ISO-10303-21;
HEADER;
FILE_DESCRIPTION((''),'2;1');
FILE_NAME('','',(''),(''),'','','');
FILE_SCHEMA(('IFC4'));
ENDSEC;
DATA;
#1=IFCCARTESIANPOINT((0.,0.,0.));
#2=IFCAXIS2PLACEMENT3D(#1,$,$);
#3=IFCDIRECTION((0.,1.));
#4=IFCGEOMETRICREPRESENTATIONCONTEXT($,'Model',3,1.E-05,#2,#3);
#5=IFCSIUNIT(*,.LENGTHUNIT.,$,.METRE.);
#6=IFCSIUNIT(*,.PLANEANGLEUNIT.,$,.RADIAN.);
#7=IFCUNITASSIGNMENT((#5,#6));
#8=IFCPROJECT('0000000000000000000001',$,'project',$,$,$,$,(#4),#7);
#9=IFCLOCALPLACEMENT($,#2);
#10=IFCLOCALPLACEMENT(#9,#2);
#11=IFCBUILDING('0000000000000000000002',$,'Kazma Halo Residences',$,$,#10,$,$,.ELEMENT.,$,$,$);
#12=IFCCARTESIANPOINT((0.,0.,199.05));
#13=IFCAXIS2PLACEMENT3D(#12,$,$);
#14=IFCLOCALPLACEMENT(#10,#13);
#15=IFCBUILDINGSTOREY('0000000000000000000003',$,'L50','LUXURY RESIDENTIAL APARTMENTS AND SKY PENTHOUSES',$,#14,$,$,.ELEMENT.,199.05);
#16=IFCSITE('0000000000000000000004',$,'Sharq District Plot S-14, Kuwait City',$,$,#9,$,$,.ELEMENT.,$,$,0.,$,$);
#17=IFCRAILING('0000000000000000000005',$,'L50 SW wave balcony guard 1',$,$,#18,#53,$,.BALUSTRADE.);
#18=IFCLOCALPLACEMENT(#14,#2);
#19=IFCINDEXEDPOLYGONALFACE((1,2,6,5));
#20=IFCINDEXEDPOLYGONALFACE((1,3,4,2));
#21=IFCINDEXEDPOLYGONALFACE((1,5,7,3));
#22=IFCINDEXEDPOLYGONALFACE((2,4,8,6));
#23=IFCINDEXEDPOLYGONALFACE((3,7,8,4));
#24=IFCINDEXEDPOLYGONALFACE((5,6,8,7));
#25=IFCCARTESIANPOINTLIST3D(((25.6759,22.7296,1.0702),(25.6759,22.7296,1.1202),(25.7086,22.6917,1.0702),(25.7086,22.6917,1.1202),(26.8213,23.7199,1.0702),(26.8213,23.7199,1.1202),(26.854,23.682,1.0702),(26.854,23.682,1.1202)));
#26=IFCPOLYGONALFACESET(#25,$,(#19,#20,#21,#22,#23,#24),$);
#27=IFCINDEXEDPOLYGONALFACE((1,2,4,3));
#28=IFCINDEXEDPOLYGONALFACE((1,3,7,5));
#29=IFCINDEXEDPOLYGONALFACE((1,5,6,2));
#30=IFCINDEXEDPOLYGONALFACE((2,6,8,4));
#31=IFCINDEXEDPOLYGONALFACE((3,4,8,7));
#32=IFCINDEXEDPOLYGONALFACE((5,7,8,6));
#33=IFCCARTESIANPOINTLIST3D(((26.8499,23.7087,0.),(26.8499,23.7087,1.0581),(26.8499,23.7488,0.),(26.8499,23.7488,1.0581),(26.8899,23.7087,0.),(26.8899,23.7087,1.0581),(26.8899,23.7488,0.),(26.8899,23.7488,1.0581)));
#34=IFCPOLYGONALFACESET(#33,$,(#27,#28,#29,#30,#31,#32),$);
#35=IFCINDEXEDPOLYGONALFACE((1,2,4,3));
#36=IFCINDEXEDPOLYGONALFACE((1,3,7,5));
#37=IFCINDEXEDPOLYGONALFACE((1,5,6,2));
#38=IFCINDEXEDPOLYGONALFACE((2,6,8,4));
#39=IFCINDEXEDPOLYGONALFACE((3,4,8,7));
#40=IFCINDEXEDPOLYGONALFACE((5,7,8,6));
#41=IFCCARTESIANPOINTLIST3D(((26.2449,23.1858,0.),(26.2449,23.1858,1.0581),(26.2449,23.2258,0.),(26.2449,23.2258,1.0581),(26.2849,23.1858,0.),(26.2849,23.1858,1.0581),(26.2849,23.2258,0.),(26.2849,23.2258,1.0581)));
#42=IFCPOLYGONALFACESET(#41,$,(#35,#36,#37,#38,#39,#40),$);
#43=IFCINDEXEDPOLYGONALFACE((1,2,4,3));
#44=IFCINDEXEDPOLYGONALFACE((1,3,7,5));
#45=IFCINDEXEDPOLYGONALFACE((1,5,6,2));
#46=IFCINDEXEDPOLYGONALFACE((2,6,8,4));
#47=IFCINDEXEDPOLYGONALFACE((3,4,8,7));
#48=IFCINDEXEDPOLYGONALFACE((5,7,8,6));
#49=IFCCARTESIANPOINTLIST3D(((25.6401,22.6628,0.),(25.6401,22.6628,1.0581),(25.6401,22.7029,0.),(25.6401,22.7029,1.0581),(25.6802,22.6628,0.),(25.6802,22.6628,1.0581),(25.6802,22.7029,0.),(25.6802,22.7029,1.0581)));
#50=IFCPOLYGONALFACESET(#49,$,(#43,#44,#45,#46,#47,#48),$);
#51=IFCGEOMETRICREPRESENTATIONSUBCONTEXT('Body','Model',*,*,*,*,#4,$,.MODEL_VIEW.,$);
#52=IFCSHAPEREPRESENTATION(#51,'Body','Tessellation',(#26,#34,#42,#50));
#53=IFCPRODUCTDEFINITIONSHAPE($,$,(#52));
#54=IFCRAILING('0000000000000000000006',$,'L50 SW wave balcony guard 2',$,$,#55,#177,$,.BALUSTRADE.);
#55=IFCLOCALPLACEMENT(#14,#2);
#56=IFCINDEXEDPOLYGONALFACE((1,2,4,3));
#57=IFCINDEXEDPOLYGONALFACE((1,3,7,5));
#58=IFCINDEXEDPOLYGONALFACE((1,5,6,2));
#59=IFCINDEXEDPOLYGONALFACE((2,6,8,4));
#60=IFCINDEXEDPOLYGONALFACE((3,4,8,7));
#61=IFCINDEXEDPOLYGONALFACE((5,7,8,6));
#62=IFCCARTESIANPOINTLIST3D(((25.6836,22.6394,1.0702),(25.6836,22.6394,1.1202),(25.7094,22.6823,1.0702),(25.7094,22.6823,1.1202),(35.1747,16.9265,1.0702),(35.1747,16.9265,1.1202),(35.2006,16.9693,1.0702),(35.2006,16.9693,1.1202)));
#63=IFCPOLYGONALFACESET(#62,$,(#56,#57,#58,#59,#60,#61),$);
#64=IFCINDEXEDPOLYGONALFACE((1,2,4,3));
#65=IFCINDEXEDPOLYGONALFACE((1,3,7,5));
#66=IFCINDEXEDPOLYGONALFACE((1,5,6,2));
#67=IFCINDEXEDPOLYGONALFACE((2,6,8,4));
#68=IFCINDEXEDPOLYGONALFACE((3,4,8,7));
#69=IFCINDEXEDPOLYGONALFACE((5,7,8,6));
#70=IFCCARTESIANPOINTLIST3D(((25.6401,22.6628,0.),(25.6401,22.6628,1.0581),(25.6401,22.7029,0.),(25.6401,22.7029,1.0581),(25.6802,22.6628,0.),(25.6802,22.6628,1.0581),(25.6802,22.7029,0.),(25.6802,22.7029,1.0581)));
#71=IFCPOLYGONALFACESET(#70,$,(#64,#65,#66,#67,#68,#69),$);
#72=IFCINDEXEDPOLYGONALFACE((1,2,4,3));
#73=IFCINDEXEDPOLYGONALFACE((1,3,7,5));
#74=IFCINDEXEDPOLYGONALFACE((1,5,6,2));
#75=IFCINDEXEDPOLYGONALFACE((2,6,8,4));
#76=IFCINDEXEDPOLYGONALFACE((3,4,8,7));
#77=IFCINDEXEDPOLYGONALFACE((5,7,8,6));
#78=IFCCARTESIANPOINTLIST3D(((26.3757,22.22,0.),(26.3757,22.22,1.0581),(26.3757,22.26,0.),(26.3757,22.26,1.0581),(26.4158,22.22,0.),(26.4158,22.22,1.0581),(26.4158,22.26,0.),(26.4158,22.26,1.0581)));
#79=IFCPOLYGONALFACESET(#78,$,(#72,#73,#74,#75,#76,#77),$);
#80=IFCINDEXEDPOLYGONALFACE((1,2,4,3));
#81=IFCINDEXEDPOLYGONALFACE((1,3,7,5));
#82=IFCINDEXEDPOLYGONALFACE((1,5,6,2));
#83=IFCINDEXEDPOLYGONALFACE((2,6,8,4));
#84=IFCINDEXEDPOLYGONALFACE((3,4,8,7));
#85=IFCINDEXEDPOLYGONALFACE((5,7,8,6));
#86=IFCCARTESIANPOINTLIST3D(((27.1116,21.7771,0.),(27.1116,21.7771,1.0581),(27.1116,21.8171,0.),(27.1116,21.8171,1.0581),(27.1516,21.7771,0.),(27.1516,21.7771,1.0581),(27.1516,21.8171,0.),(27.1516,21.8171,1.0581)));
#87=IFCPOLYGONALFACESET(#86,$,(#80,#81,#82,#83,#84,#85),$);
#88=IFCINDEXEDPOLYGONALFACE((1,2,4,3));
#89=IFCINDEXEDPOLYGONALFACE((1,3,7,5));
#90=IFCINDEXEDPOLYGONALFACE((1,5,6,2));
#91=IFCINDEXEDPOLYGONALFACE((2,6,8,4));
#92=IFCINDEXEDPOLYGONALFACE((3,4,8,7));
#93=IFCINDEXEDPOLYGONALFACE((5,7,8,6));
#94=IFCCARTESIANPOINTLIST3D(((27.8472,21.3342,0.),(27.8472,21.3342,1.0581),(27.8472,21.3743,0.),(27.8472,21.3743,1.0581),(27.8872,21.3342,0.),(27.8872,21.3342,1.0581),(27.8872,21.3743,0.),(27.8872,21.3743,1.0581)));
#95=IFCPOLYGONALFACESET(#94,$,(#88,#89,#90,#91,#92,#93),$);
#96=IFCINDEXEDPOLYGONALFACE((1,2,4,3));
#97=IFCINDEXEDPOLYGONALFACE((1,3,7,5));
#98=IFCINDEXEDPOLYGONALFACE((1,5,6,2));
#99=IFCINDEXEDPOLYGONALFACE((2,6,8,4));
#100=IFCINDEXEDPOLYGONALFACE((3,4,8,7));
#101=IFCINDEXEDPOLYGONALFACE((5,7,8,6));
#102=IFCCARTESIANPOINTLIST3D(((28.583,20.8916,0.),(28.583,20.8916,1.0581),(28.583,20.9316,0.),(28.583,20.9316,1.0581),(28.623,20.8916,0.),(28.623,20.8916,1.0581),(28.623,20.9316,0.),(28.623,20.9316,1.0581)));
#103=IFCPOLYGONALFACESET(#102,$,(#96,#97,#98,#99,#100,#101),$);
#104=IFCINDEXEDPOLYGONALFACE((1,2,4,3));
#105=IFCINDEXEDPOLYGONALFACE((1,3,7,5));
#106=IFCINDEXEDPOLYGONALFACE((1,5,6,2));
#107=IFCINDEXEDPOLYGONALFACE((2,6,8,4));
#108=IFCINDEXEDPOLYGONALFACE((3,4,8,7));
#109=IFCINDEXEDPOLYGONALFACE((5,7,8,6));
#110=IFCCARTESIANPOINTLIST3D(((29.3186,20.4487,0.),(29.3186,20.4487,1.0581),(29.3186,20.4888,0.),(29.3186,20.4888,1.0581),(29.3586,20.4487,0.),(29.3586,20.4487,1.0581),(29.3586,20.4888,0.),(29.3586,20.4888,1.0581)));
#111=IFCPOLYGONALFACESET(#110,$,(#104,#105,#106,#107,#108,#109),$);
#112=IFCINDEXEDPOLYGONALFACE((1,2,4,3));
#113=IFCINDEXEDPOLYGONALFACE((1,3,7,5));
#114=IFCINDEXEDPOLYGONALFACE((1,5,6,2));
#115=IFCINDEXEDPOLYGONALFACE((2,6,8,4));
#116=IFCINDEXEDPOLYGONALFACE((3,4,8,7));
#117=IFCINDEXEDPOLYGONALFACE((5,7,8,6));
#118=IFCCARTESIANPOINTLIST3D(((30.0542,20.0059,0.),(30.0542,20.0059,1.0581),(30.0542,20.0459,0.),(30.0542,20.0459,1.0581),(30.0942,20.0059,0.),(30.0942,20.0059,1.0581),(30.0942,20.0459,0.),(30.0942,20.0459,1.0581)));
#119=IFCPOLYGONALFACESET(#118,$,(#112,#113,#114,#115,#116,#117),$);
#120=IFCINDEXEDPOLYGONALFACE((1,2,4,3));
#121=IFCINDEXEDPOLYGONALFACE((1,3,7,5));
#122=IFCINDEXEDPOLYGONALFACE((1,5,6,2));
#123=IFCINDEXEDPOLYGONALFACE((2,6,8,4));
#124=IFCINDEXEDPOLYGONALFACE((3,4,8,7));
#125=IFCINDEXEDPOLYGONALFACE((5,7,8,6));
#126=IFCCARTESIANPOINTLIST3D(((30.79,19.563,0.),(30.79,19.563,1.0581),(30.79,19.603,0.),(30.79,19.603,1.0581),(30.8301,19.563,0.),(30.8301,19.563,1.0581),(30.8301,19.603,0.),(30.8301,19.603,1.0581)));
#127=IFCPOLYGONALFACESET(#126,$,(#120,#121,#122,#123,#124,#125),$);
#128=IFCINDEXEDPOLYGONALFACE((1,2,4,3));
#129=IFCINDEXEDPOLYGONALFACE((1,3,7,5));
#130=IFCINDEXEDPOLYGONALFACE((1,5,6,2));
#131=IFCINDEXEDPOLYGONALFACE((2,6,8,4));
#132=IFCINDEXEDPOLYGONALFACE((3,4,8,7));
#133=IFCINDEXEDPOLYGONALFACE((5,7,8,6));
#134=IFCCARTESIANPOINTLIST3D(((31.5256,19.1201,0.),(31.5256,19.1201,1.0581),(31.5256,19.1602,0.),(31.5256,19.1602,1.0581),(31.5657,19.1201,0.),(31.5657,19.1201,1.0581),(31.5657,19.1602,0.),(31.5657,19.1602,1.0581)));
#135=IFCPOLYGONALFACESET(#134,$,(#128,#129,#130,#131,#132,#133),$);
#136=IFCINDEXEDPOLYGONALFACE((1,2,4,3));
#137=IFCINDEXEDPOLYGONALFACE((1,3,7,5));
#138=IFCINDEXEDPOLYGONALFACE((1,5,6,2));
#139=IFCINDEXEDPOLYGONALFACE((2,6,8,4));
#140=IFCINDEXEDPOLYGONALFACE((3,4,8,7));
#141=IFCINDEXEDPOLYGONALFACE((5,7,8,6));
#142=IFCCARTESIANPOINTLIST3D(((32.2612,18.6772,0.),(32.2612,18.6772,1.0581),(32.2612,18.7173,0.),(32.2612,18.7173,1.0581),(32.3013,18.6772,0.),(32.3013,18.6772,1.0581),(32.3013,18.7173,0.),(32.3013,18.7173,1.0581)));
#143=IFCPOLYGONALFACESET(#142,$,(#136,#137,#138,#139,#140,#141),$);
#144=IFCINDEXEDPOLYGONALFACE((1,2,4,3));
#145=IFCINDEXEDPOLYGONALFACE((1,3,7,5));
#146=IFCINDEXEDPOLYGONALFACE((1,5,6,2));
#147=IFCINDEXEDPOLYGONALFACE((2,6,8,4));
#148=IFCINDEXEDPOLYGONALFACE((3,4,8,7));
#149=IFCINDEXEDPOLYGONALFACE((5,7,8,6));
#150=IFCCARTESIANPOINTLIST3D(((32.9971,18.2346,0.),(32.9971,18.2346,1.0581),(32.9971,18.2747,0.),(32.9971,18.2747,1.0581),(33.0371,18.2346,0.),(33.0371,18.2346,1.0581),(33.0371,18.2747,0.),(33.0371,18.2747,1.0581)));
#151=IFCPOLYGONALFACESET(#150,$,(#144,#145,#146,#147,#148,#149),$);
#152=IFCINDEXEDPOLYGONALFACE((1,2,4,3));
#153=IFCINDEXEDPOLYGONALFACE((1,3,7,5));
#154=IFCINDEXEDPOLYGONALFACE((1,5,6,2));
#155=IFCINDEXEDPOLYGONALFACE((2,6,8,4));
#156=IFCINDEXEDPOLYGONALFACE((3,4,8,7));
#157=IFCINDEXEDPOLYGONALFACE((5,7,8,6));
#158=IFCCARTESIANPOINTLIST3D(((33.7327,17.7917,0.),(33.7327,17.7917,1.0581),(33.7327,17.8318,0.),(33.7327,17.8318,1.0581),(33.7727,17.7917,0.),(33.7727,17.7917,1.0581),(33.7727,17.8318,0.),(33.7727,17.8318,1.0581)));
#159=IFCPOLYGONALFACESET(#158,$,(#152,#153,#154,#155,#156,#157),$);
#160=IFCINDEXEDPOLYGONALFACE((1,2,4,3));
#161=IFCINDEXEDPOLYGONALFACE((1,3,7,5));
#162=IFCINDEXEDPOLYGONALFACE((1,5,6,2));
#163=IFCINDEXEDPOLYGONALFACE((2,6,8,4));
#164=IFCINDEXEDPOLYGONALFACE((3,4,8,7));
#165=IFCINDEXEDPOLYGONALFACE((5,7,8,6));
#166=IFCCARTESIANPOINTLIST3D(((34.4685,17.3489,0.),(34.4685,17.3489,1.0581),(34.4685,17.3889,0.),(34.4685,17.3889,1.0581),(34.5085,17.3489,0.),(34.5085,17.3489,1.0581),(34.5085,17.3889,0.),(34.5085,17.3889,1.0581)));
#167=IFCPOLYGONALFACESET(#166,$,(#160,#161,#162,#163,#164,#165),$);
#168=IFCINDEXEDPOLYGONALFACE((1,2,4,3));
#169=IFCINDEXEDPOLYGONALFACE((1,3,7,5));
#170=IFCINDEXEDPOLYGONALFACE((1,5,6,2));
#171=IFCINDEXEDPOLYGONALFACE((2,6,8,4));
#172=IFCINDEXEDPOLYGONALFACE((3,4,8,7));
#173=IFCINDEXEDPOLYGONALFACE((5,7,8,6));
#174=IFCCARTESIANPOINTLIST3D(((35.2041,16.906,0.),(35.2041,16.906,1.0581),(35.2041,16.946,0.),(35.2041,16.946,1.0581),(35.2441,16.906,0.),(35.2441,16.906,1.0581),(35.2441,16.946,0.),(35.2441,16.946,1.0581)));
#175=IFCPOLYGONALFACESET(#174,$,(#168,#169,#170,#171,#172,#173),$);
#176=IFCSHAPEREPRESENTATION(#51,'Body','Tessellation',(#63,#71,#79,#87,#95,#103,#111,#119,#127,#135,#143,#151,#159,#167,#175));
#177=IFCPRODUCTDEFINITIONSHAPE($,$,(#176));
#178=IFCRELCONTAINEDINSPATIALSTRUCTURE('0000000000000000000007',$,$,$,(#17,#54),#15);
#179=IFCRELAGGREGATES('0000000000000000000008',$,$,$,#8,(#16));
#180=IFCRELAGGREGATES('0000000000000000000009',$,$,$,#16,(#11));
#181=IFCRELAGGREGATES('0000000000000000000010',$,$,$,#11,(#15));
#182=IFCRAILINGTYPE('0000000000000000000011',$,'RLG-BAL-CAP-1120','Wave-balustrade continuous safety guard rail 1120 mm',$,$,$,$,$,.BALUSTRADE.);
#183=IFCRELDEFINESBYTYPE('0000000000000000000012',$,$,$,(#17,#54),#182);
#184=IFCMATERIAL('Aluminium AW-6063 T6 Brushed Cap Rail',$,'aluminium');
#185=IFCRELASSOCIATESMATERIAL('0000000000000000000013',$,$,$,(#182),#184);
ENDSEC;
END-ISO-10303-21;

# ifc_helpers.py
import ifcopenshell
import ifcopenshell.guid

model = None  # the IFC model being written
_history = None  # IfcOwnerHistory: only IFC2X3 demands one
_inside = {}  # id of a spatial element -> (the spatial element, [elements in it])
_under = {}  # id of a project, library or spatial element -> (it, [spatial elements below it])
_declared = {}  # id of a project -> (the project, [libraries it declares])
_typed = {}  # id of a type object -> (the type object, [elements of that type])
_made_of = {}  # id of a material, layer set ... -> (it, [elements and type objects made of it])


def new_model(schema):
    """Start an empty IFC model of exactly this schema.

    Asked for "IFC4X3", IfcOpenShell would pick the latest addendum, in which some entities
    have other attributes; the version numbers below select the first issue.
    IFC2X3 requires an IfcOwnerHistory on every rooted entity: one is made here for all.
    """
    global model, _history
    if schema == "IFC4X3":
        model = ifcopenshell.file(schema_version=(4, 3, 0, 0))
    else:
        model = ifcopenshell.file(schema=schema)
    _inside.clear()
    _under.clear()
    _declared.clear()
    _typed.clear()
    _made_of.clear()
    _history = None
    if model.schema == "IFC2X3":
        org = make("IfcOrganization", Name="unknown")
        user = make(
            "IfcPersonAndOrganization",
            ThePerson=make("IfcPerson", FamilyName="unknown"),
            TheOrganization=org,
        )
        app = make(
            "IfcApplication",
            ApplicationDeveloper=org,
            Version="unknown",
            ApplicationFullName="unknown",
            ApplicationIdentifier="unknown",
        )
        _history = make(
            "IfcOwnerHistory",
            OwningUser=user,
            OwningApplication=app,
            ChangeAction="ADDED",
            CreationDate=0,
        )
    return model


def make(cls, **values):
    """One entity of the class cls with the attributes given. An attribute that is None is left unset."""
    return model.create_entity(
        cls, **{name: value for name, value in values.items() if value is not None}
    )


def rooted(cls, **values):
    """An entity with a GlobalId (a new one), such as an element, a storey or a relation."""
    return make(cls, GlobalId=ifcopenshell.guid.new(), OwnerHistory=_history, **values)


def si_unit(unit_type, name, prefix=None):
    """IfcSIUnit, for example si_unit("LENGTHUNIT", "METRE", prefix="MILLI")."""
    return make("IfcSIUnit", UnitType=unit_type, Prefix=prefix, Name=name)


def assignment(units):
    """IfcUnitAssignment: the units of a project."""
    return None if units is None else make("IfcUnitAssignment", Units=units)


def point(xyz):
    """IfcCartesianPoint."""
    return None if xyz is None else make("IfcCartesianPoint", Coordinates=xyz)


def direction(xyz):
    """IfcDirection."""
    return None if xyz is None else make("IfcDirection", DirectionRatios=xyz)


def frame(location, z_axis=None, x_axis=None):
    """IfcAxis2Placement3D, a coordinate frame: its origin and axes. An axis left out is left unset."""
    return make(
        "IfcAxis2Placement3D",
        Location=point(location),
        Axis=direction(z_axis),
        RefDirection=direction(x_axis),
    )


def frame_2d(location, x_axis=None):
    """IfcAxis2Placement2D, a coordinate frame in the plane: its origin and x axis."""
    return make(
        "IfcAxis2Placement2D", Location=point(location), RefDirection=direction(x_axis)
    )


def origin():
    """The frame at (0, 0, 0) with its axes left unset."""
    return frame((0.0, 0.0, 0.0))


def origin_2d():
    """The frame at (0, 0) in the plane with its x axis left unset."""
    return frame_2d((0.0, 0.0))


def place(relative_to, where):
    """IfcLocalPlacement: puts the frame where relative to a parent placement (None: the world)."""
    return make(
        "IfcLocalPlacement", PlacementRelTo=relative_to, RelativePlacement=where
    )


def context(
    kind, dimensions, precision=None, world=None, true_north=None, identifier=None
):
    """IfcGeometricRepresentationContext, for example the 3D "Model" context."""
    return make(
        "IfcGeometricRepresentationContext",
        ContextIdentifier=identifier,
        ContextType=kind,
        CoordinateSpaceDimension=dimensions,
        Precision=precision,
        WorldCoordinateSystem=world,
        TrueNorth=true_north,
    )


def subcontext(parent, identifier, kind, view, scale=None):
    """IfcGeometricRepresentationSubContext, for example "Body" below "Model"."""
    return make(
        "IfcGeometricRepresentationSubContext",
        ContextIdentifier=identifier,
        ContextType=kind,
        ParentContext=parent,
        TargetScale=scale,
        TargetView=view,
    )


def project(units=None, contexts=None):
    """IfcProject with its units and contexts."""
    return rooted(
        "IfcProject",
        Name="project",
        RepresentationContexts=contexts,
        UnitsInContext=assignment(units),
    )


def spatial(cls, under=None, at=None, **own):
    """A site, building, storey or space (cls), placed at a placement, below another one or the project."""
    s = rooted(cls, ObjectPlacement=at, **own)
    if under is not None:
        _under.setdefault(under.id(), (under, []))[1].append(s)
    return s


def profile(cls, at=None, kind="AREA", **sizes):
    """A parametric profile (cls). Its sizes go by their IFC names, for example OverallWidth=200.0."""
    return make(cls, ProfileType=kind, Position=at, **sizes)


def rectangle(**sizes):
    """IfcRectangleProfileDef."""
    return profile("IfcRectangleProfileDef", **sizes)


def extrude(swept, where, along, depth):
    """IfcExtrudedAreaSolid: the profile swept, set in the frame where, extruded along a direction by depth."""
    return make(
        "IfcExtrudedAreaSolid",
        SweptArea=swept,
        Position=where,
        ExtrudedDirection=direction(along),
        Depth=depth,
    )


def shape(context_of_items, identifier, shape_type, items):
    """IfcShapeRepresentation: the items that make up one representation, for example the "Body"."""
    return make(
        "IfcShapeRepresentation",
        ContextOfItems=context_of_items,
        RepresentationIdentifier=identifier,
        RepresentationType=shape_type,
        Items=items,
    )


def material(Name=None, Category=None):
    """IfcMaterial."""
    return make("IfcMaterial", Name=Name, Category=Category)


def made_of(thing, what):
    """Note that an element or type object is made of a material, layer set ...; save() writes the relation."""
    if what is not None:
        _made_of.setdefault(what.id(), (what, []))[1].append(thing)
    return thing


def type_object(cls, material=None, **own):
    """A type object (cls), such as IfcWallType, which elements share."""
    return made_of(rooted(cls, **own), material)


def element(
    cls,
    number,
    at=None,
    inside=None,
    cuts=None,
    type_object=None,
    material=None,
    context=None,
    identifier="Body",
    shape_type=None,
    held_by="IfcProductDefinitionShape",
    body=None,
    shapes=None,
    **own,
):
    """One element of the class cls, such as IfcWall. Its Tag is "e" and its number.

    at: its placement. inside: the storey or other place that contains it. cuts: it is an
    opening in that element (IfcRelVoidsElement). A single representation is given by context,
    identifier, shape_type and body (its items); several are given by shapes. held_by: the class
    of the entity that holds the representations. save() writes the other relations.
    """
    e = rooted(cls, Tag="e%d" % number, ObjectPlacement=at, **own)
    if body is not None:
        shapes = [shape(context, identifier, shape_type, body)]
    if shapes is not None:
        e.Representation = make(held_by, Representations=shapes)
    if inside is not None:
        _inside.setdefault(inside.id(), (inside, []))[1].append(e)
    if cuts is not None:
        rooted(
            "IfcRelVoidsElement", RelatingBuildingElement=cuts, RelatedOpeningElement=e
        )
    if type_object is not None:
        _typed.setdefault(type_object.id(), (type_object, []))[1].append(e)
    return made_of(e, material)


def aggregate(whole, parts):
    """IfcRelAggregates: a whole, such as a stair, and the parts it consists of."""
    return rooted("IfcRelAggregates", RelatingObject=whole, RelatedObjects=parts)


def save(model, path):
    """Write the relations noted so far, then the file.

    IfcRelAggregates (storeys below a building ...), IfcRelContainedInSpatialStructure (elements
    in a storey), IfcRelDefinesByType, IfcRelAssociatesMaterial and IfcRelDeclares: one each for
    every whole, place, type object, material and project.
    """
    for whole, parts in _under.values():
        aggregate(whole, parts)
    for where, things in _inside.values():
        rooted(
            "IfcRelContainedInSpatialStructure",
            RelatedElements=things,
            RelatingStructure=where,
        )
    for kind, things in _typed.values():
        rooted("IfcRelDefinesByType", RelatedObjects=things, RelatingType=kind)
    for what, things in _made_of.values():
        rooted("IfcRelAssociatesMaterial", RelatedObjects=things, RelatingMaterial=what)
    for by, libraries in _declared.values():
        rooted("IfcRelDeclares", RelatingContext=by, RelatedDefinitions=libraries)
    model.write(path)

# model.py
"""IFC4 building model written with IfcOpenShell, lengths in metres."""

from ifc_helpers import new_model, si_unit, direction, frame, origin, origin_2d, place, context, subcontext, project, spatial, rectangle, extrude, material, type_object, element, save


model = new_model("IFC4")

# Units and contexts
model_context = context("Model", 3, precision=1e-05, world=origin(), true_north=direction((0.0, 1.0)))
body_context = subcontext(model_context, "Body", "Model", "MODEL_VIEW")
ifc_project = project(units=[si_unit("LENGTHUNIT", "METRE"), si_unit("PLANEANGLEUNIT", "RADIAN")], contexts=[model_context])

# Site, building, storey
site_placement = place(None, origin())
site = spatial("IfcSite", under=ifc_project, at=site_placement, Name="Sharq District Plot S-14, Kuwait City", CompositionType="ELEMENT", RefElevation=0.0)
building_placement = place(site_placement, origin())
building = spatial("IfcBuilding", under=site, at=building_placement, Name="Kazma Halo Residences", CompositionType="ELEMENT")
storey_placement = place(building_placement, frame((0.0, 0.0, 199.05)))
storey = spatial("IfcBuildingStorey", under=building, at=storey_placement, Name="L50", Description="LUXURY RESIDENTIAL APARTMENTS AND SKY PENTHOUSES", CompositionType="ELEMENT", Elevation=199.05)

# Railings
ifc_material_1 = material(Name="Aluminium AW-6063 T6 Brushed Cap Rail", Category="aluminium")
railing_type = type_object("IfcRailingType", Name="RLG-BAL-CAP-1120", Description="Wave-balustrade continuous safety guard rail 1120 mm", PredefinedType="BALUSTRADE", material=ifc_material_1)
railing_1_placement = place(storey_placement, frame((26.8699, 23.7288, 0.0)))
element("IfcRailing", 1, at=railing_1_placement, inside=storey, type_object=railing_type, Name="L50 SW wave balcony guard 1", PredefinedType="BALUSTRADE", context=body_context, shape_type="SweptSolid", body=[
    extrude(rectangle(XDim=0.05, YDim=0.05, at=origin_2d()), frame((-0.0322, -0.0278, 1.0952), z_axis=(-0.756469, -0.654029, 0.0), x_axis=(0.654029, -0.756469, 0.0)), (0.0, 0.0, 1.0), 1.5142),
    extrude(rectangle(XDim=0.04, YDim=0.04, at=origin_2d()), origin(), (0.0, 0.0, 1.0), 1.0581),
    extrude(rectangle(XDim=0.04, YDim=0.04, at=origin_2d()), frame((-0.605, -0.5229, 0.0)), (0.0, 0.0, 1.0), 1.0581),
    extrude(rectangle(XDim=0.04, YDim=0.04, at=origin_2d()), frame((-1.2097, -1.0459, 0.0)), (0.0, 0.0, 1.0), 1.0581),
])
railing_2_placement = place(storey_placement, frame((25.6602, 22.6829, 0.0)))
element("IfcRailing", 2, at=railing_2_placement, inside=storey, type_object=railing_type, Name="L50 SW wave balcony guard 2", PredefinedType="BALUSTRADE", context=body_context, shape_type="SweptSolid", body=[
    extrude(rectangle(XDim=0.05, YDim=0.05, at=origin_2d()), frame((0.0364, -0.022, 1.0952), z_axis=(0.856763, -0.515711, 0.0), x_axis=(0.515711, 0.856763, 0.0)), (0.0, 0.0, 1.0), 11.0779),
    extrude(rectangle(XDim=0.04, YDim=0.04, at=origin_2d()), origin(), (0.0, 0.0, 1.0), 1.0581),
    extrude(rectangle(XDim=0.04, YDim=0.04, at=origin_2d()), frame((0.7356, -0.4429, 0.0)), (0.0, 0.0, 1.0), 1.0581),
    extrude(rectangle(XDim=0.04, YDim=0.04, at=origin_2d()), frame((1.4714, -0.8857, 0.0)), (0.0, 0.0, 1.0), 1.0581),
    extrude(rectangle(XDim=0.04, YDim=0.04, at=origin_2d()), frame((2.207, -1.3286, 0.0)), (0.0, 0.0, 1.0), 1.0581),
    extrude(rectangle(XDim=0.04, YDim=0.04, at=origin_2d()), frame((2.9429, -1.7712, 0.0)), (0.0, 0.0, 1.0), 1.0581),
    extrude(rectangle(XDim=0.04, YDim=0.04, at=origin_2d()), frame((3.6785, -2.2141, 0.0)), (0.0, 0.0, 1.0), 1.0581),
    extrude(rectangle(XDim=0.04, YDim=0.04, at=origin_2d()), frame((4.4141, -2.657, 0.0)), (0.0, 0.0, 1.0), 1.0581),
    extrude(rectangle(XDim=0.04, YDim=0.04, at=origin_2d()), frame((5.1499, -3.0999, 0.0)), (0.0, 0.0, 1.0), 1.0581),
    extrude(rectangle(XDim=0.04, YDim=0.04, at=origin_2d()), frame((5.8855, -3.5427, 0.0)), (0.0, 0.0, 1.0), 1.0581),
    extrude(rectangle(XDim=0.04, YDim=0.04, at=origin_2d()), frame((6.6211, -3.9856, 0.0)), (0.0, 0.0, 1.0), 1.0581),
    extrude(rectangle(XDim=0.04, YDim=0.04, at=origin_2d()), frame((7.3569, -4.4282, 0.0)), (0.0, 0.0, 1.0), 1.0581),
    extrude(rectangle(XDim=0.04, YDim=0.04, at=origin_2d()), frame((8.0925, -4.8711, 0.0)), (0.0, 0.0, 1.0), 1.0581),
    extrude(rectangle(XDim=0.04, YDim=0.04, at=origin_2d()), frame((8.8284, -5.314, 0.0)), (0.0, 0.0, 1.0), 1.0581),
    extrude(rectangle(XDim=0.04, YDim=0.04, at=origin_2d()), frame((9.564, -5.7568, 0.0)), (0.0, 0.0, 1.0), 1.0581),
])

save(model, "model.ifc")
